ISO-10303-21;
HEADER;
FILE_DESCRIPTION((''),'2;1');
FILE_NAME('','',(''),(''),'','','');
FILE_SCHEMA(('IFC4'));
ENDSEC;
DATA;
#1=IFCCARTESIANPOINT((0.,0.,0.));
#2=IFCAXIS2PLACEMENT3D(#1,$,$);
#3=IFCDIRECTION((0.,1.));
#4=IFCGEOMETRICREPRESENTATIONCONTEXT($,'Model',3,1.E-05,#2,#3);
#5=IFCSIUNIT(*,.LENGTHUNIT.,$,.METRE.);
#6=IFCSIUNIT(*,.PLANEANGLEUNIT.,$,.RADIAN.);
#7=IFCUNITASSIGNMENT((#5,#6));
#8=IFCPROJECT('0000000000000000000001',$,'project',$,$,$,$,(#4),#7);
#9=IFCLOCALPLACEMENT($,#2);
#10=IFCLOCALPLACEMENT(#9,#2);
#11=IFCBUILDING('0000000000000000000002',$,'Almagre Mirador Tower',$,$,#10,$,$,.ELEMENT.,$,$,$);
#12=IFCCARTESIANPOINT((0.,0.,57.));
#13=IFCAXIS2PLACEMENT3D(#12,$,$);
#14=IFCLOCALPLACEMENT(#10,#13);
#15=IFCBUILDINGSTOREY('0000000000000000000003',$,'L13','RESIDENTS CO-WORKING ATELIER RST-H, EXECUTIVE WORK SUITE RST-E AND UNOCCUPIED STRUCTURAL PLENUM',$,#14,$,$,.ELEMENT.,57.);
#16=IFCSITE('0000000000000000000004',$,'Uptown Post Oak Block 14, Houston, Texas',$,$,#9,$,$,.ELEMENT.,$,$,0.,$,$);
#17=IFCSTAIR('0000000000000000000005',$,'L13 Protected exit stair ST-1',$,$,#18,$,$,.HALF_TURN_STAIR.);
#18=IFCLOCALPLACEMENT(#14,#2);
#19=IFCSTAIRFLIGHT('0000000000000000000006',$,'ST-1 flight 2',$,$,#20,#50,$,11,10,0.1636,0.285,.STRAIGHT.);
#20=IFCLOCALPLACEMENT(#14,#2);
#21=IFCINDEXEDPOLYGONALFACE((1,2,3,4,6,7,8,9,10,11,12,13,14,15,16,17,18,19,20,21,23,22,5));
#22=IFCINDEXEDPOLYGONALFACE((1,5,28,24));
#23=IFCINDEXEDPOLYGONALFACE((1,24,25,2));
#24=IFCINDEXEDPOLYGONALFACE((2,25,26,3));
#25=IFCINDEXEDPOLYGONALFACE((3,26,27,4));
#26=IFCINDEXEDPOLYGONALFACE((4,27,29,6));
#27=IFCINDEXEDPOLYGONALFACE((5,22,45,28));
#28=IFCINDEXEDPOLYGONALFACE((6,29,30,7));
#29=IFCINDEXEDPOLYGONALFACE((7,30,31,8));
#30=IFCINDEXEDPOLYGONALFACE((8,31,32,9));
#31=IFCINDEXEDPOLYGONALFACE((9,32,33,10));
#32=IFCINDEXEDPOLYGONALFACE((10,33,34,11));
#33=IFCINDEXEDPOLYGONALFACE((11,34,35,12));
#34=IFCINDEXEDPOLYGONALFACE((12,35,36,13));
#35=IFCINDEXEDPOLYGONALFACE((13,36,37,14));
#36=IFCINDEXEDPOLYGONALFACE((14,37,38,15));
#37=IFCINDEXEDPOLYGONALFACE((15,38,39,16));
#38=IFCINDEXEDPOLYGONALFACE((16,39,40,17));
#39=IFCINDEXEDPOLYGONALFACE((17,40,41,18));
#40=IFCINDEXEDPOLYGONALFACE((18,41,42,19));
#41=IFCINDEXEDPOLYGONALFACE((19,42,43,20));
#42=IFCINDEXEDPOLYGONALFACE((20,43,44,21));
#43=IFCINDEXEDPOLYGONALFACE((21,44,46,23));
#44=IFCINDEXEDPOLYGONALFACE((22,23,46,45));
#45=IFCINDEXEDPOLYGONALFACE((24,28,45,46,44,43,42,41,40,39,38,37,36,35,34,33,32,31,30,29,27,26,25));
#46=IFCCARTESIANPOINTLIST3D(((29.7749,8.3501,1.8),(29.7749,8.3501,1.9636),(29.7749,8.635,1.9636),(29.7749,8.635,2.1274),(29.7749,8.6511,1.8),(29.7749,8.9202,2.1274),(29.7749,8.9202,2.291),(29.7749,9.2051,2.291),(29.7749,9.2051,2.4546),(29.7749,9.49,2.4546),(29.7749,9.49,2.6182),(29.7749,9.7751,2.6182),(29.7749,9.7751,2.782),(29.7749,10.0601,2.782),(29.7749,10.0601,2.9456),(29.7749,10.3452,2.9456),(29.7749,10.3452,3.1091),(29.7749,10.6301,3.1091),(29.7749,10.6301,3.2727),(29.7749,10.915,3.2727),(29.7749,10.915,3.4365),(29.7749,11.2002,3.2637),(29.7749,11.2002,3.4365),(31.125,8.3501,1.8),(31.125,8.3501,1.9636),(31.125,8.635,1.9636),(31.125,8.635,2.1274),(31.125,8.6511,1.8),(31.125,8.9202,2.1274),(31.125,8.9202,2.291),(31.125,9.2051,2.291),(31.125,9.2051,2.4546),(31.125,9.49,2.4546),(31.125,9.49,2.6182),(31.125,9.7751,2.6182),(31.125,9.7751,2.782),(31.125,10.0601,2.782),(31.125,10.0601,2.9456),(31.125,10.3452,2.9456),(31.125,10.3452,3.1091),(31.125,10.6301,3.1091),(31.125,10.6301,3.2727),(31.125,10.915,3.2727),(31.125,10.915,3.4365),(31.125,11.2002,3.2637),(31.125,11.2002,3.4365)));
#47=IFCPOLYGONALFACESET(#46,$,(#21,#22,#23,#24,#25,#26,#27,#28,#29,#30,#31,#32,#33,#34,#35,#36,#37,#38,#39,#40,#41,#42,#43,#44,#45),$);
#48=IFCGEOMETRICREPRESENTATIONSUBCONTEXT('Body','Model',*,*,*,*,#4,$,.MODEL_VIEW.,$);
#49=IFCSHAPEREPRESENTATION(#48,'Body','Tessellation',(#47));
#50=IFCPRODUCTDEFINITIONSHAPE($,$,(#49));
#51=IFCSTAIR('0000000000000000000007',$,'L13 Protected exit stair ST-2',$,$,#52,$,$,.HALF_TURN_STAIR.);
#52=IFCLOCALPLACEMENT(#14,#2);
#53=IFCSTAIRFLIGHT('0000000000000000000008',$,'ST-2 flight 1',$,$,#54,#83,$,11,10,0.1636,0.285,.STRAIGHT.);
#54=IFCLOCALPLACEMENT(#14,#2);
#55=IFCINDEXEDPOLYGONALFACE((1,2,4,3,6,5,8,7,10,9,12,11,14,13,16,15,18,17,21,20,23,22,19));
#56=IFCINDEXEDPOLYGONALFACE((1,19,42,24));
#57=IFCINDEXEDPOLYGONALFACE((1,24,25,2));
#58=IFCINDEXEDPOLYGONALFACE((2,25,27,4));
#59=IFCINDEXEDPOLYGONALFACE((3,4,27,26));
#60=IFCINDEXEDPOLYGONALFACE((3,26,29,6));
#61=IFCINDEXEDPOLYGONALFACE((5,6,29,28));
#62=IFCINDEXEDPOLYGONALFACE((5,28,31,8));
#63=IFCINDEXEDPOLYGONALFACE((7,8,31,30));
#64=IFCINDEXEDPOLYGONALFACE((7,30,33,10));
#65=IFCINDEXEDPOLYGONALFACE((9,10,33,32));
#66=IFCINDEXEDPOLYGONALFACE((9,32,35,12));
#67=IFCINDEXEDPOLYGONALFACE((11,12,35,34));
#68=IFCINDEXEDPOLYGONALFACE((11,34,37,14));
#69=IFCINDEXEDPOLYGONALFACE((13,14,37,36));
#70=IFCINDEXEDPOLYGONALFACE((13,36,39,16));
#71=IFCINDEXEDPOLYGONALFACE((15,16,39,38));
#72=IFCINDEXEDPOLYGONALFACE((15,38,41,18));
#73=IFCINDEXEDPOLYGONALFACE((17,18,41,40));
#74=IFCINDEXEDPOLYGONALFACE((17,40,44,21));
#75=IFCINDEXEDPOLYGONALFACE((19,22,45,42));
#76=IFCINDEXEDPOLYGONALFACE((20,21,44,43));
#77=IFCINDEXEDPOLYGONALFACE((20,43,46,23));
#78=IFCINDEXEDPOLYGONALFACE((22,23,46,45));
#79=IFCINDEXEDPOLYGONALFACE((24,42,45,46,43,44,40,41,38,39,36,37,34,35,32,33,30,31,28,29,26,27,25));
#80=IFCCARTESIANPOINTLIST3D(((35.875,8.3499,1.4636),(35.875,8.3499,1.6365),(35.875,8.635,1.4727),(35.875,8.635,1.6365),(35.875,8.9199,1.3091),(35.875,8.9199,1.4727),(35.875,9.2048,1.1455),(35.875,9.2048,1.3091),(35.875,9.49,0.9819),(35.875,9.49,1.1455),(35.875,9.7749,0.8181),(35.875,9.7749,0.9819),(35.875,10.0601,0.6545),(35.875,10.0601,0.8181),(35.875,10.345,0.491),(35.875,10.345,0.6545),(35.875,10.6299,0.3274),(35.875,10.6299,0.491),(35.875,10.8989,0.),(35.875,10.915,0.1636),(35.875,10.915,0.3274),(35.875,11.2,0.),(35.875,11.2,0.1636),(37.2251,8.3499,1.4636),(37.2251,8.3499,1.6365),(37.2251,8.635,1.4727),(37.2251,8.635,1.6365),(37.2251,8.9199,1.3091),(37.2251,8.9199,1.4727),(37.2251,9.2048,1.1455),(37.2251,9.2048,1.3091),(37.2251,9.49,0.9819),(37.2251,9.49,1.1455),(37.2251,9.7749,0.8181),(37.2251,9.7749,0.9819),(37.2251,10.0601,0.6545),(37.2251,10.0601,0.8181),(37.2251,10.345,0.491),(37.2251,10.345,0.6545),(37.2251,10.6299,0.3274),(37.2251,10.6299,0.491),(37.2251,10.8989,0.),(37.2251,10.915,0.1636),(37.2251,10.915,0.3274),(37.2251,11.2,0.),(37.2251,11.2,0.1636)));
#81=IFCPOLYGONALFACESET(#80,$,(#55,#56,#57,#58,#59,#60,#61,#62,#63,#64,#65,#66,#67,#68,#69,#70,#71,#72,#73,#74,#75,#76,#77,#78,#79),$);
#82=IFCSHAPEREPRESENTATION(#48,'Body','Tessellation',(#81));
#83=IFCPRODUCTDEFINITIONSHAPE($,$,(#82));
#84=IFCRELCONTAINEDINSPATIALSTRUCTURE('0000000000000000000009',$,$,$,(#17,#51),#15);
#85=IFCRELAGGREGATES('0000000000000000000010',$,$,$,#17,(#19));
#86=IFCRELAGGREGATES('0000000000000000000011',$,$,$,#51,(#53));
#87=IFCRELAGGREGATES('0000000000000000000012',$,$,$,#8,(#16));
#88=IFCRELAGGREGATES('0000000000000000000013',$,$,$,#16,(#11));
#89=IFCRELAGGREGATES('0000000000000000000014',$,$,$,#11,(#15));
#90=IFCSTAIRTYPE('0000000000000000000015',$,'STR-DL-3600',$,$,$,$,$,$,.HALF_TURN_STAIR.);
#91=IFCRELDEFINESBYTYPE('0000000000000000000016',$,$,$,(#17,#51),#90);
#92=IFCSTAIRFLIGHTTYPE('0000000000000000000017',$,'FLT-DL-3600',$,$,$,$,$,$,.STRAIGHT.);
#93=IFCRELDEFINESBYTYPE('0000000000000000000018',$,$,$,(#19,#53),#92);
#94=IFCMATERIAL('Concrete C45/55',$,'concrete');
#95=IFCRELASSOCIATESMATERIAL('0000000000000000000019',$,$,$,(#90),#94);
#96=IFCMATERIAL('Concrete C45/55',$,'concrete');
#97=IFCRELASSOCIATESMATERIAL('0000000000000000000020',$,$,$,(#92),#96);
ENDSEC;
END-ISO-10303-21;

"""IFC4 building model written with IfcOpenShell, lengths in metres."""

from ifc_helpers import new_model, si_unit, direction, frame, origin, place, context, subcontext, project, spatial, polyline, outline, extrude, material, type_object, element, aggregate, save


model = new_model("IFC4")

# Units and contexts
model_context = context("Model", 3, precision=1e-05, world=origin(), true_north=direction((0.0, 1.0)))
body_context = subcontext(model_context, "Body", "Model", "MODEL_VIEW")
ifc_project = project(units=[si_unit("LENGTHUNIT", "METRE"), si_unit("PLANEANGLEUNIT", "RADIAN")], contexts=[model_context])

# Site, building, storey
site_placement = place(None, origin())
site = spatial("IfcSite", under=ifc_project, at=site_placement, Name="Uptown Post Oak Block 14, Houston, Texas", CompositionType="ELEMENT", RefElevation=0.0)
building_placement = place(site_placement, origin())
building = spatial("IfcBuilding", under=site, at=building_placement, Name="Almagre Mirador Tower", CompositionType="ELEMENT")
storey_placement = place(building_placement, frame((0.0, 0.0, 57.0)))
storey = spatial("IfcBuildingStorey", under=building, at=storey_placement, Name="L13", Description="RESIDENTS CO-WORKING ATELIER RST-H, EXECUTIVE WORK SUITE RST-E AND UNOCCUPIED STRUCTURAL PLENUM", CompositionType="ELEMENT", Elevation=57.0)

# Stair, stair flight
ifc_material_1 = material(Name="Concrete C45/55", Category="concrete")
stair_type = type_object("IfcStairType", Name="STR-DL-3600", PredefinedType="HALF_TURN_STAIR", material=ifc_material_1)
stair_1_placement = place(storey_placement, origin())
stair_1 = element("IfcStair", 1, at=stair_1_placement, inside=storey, type_object=stair_type, Name="L13 Protected exit stair ST-1", PredefinedType="HALF_TURN_STAIR")
ifc_material_2 = material(Name="Concrete C45/55", Category="concrete")
stair_flight_type = type_object("IfcStairFlightType", Name="FLT-DL-3600", PredefinedType="STRAIGHT", material=ifc_material_2)
stair_flight_1_placement = place(storey_placement, frame((30.45, 8.3501, 1.8), z_axis=(0.0, 0.0, 1.0), x_axis=(0.0, 1.0, 0.0)))
stair_flight_1 = element("IfcStairFlight", 2, at=stair_flight_1_placement, type_object=stair_flight_type, Name="ST-1 flight 2", NumberOfRisers=11, NumberOfTreads=10, PredefinedType="STRAIGHT", RiserHeight=0.1636, TreadLength=0.285, context=body_context, shape_type="SweptSolid", body=[
    extrude(outline(polyline([(0.0, 0.0), (0.0, 0.1636), (0.2849, 0.1636), (0.2849, 0.3274), (0.5701, 0.3274), (0.5701, 0.491), (0.855, 0.491), (0.855, 0.6545), (1.1399, 0.6545), (1.1399, 0.8181), (1.425, 0.8181), (1.425, 0.9819), (1.71, 0.9819), (1.71, 1.1455), (1.9951, 1.1455), (1.9951, 1.3091), (2.28, 1.3091), (2.28, 1.4727), (2.5649, 1.4727), (2.5649, 1.6365), (2.8501, 1.6365), (2.8501, 1.8), (2.8501, 1.4636), (0.301, 0.0), (0.0, 0.0)])), frame((0.0, 0.675, 0.0), z_axis=(0.0, -1.0, 0.0), x_axis=(1.0, 0.0, 0.0)), (0.0, 0.0, 1.0), 1.3501),
])
aggregate(stair_1, [stair_flight_1])

# Stair, stair flight
stair_2_placement = place(storey_placement, origin())
stair_2 = element("IfcStair", 3, at=stair_2_placement, inside=storey, type_object=stair_type, Name="L13 Protected exit stair ST-2", PredefinedType="HALF_TURN_STAIR")
stair_flight_2_placement = place(storey_placement, frame((36.55, 11.2, 0.0), z_axis=(0.0, 0.0, 1.0), x_axis=(0.0, -1.0, 0.0)))
stair_flight_2 = element("IfcStairFlight", 4, at=stair_flight_2_placement, type_object=stair_flight_type, Name="ST-2 flight 1", NumberOfRisers=11, NumberOfTreads=10, PredefinedType="STRAIGHT", RiserHeight=0.1636, TreadLength=0.285, context=body_context, shape_type="SweptSolid", body=[
    extrude(outline(polyline([(0.0, 0.0), (0.0, 0.1636), (0.2849, 0.1636), (0.2849, 0.3274), (0.5701, 0.3274), (0.5701, 0.491), (0.855, 0.491), (0.855, 0.6545), (1.1399, 0.6545), (1.1399, 0.8181), (1.425, 0.8181), (1.425, 0.9819), (1.71, 0.9819), (1.71, 1.1455), (1.9951, 1.1455), (1.9951, 1.3091), (2.28, 1.3091), (2.28, 1.4727), (2.5649, 1.4727), (2.5649, 1.6365), (2.8501, 1.6365), (2.8501, 1.8), (2.8501, 1.4636), (0.301, 0.0), (0.0, 0.0)])), frame((0.0, 0.675, 0.0), z_axis=(0.0, -1.0, 0.0), x_axis=(1.0, 0.0, 0.0)), (0.0, 0.0, 1.0), 1.3501),
])
aggregate(stair_2, [stair_flight_2])

save(model, "model.ifc")
